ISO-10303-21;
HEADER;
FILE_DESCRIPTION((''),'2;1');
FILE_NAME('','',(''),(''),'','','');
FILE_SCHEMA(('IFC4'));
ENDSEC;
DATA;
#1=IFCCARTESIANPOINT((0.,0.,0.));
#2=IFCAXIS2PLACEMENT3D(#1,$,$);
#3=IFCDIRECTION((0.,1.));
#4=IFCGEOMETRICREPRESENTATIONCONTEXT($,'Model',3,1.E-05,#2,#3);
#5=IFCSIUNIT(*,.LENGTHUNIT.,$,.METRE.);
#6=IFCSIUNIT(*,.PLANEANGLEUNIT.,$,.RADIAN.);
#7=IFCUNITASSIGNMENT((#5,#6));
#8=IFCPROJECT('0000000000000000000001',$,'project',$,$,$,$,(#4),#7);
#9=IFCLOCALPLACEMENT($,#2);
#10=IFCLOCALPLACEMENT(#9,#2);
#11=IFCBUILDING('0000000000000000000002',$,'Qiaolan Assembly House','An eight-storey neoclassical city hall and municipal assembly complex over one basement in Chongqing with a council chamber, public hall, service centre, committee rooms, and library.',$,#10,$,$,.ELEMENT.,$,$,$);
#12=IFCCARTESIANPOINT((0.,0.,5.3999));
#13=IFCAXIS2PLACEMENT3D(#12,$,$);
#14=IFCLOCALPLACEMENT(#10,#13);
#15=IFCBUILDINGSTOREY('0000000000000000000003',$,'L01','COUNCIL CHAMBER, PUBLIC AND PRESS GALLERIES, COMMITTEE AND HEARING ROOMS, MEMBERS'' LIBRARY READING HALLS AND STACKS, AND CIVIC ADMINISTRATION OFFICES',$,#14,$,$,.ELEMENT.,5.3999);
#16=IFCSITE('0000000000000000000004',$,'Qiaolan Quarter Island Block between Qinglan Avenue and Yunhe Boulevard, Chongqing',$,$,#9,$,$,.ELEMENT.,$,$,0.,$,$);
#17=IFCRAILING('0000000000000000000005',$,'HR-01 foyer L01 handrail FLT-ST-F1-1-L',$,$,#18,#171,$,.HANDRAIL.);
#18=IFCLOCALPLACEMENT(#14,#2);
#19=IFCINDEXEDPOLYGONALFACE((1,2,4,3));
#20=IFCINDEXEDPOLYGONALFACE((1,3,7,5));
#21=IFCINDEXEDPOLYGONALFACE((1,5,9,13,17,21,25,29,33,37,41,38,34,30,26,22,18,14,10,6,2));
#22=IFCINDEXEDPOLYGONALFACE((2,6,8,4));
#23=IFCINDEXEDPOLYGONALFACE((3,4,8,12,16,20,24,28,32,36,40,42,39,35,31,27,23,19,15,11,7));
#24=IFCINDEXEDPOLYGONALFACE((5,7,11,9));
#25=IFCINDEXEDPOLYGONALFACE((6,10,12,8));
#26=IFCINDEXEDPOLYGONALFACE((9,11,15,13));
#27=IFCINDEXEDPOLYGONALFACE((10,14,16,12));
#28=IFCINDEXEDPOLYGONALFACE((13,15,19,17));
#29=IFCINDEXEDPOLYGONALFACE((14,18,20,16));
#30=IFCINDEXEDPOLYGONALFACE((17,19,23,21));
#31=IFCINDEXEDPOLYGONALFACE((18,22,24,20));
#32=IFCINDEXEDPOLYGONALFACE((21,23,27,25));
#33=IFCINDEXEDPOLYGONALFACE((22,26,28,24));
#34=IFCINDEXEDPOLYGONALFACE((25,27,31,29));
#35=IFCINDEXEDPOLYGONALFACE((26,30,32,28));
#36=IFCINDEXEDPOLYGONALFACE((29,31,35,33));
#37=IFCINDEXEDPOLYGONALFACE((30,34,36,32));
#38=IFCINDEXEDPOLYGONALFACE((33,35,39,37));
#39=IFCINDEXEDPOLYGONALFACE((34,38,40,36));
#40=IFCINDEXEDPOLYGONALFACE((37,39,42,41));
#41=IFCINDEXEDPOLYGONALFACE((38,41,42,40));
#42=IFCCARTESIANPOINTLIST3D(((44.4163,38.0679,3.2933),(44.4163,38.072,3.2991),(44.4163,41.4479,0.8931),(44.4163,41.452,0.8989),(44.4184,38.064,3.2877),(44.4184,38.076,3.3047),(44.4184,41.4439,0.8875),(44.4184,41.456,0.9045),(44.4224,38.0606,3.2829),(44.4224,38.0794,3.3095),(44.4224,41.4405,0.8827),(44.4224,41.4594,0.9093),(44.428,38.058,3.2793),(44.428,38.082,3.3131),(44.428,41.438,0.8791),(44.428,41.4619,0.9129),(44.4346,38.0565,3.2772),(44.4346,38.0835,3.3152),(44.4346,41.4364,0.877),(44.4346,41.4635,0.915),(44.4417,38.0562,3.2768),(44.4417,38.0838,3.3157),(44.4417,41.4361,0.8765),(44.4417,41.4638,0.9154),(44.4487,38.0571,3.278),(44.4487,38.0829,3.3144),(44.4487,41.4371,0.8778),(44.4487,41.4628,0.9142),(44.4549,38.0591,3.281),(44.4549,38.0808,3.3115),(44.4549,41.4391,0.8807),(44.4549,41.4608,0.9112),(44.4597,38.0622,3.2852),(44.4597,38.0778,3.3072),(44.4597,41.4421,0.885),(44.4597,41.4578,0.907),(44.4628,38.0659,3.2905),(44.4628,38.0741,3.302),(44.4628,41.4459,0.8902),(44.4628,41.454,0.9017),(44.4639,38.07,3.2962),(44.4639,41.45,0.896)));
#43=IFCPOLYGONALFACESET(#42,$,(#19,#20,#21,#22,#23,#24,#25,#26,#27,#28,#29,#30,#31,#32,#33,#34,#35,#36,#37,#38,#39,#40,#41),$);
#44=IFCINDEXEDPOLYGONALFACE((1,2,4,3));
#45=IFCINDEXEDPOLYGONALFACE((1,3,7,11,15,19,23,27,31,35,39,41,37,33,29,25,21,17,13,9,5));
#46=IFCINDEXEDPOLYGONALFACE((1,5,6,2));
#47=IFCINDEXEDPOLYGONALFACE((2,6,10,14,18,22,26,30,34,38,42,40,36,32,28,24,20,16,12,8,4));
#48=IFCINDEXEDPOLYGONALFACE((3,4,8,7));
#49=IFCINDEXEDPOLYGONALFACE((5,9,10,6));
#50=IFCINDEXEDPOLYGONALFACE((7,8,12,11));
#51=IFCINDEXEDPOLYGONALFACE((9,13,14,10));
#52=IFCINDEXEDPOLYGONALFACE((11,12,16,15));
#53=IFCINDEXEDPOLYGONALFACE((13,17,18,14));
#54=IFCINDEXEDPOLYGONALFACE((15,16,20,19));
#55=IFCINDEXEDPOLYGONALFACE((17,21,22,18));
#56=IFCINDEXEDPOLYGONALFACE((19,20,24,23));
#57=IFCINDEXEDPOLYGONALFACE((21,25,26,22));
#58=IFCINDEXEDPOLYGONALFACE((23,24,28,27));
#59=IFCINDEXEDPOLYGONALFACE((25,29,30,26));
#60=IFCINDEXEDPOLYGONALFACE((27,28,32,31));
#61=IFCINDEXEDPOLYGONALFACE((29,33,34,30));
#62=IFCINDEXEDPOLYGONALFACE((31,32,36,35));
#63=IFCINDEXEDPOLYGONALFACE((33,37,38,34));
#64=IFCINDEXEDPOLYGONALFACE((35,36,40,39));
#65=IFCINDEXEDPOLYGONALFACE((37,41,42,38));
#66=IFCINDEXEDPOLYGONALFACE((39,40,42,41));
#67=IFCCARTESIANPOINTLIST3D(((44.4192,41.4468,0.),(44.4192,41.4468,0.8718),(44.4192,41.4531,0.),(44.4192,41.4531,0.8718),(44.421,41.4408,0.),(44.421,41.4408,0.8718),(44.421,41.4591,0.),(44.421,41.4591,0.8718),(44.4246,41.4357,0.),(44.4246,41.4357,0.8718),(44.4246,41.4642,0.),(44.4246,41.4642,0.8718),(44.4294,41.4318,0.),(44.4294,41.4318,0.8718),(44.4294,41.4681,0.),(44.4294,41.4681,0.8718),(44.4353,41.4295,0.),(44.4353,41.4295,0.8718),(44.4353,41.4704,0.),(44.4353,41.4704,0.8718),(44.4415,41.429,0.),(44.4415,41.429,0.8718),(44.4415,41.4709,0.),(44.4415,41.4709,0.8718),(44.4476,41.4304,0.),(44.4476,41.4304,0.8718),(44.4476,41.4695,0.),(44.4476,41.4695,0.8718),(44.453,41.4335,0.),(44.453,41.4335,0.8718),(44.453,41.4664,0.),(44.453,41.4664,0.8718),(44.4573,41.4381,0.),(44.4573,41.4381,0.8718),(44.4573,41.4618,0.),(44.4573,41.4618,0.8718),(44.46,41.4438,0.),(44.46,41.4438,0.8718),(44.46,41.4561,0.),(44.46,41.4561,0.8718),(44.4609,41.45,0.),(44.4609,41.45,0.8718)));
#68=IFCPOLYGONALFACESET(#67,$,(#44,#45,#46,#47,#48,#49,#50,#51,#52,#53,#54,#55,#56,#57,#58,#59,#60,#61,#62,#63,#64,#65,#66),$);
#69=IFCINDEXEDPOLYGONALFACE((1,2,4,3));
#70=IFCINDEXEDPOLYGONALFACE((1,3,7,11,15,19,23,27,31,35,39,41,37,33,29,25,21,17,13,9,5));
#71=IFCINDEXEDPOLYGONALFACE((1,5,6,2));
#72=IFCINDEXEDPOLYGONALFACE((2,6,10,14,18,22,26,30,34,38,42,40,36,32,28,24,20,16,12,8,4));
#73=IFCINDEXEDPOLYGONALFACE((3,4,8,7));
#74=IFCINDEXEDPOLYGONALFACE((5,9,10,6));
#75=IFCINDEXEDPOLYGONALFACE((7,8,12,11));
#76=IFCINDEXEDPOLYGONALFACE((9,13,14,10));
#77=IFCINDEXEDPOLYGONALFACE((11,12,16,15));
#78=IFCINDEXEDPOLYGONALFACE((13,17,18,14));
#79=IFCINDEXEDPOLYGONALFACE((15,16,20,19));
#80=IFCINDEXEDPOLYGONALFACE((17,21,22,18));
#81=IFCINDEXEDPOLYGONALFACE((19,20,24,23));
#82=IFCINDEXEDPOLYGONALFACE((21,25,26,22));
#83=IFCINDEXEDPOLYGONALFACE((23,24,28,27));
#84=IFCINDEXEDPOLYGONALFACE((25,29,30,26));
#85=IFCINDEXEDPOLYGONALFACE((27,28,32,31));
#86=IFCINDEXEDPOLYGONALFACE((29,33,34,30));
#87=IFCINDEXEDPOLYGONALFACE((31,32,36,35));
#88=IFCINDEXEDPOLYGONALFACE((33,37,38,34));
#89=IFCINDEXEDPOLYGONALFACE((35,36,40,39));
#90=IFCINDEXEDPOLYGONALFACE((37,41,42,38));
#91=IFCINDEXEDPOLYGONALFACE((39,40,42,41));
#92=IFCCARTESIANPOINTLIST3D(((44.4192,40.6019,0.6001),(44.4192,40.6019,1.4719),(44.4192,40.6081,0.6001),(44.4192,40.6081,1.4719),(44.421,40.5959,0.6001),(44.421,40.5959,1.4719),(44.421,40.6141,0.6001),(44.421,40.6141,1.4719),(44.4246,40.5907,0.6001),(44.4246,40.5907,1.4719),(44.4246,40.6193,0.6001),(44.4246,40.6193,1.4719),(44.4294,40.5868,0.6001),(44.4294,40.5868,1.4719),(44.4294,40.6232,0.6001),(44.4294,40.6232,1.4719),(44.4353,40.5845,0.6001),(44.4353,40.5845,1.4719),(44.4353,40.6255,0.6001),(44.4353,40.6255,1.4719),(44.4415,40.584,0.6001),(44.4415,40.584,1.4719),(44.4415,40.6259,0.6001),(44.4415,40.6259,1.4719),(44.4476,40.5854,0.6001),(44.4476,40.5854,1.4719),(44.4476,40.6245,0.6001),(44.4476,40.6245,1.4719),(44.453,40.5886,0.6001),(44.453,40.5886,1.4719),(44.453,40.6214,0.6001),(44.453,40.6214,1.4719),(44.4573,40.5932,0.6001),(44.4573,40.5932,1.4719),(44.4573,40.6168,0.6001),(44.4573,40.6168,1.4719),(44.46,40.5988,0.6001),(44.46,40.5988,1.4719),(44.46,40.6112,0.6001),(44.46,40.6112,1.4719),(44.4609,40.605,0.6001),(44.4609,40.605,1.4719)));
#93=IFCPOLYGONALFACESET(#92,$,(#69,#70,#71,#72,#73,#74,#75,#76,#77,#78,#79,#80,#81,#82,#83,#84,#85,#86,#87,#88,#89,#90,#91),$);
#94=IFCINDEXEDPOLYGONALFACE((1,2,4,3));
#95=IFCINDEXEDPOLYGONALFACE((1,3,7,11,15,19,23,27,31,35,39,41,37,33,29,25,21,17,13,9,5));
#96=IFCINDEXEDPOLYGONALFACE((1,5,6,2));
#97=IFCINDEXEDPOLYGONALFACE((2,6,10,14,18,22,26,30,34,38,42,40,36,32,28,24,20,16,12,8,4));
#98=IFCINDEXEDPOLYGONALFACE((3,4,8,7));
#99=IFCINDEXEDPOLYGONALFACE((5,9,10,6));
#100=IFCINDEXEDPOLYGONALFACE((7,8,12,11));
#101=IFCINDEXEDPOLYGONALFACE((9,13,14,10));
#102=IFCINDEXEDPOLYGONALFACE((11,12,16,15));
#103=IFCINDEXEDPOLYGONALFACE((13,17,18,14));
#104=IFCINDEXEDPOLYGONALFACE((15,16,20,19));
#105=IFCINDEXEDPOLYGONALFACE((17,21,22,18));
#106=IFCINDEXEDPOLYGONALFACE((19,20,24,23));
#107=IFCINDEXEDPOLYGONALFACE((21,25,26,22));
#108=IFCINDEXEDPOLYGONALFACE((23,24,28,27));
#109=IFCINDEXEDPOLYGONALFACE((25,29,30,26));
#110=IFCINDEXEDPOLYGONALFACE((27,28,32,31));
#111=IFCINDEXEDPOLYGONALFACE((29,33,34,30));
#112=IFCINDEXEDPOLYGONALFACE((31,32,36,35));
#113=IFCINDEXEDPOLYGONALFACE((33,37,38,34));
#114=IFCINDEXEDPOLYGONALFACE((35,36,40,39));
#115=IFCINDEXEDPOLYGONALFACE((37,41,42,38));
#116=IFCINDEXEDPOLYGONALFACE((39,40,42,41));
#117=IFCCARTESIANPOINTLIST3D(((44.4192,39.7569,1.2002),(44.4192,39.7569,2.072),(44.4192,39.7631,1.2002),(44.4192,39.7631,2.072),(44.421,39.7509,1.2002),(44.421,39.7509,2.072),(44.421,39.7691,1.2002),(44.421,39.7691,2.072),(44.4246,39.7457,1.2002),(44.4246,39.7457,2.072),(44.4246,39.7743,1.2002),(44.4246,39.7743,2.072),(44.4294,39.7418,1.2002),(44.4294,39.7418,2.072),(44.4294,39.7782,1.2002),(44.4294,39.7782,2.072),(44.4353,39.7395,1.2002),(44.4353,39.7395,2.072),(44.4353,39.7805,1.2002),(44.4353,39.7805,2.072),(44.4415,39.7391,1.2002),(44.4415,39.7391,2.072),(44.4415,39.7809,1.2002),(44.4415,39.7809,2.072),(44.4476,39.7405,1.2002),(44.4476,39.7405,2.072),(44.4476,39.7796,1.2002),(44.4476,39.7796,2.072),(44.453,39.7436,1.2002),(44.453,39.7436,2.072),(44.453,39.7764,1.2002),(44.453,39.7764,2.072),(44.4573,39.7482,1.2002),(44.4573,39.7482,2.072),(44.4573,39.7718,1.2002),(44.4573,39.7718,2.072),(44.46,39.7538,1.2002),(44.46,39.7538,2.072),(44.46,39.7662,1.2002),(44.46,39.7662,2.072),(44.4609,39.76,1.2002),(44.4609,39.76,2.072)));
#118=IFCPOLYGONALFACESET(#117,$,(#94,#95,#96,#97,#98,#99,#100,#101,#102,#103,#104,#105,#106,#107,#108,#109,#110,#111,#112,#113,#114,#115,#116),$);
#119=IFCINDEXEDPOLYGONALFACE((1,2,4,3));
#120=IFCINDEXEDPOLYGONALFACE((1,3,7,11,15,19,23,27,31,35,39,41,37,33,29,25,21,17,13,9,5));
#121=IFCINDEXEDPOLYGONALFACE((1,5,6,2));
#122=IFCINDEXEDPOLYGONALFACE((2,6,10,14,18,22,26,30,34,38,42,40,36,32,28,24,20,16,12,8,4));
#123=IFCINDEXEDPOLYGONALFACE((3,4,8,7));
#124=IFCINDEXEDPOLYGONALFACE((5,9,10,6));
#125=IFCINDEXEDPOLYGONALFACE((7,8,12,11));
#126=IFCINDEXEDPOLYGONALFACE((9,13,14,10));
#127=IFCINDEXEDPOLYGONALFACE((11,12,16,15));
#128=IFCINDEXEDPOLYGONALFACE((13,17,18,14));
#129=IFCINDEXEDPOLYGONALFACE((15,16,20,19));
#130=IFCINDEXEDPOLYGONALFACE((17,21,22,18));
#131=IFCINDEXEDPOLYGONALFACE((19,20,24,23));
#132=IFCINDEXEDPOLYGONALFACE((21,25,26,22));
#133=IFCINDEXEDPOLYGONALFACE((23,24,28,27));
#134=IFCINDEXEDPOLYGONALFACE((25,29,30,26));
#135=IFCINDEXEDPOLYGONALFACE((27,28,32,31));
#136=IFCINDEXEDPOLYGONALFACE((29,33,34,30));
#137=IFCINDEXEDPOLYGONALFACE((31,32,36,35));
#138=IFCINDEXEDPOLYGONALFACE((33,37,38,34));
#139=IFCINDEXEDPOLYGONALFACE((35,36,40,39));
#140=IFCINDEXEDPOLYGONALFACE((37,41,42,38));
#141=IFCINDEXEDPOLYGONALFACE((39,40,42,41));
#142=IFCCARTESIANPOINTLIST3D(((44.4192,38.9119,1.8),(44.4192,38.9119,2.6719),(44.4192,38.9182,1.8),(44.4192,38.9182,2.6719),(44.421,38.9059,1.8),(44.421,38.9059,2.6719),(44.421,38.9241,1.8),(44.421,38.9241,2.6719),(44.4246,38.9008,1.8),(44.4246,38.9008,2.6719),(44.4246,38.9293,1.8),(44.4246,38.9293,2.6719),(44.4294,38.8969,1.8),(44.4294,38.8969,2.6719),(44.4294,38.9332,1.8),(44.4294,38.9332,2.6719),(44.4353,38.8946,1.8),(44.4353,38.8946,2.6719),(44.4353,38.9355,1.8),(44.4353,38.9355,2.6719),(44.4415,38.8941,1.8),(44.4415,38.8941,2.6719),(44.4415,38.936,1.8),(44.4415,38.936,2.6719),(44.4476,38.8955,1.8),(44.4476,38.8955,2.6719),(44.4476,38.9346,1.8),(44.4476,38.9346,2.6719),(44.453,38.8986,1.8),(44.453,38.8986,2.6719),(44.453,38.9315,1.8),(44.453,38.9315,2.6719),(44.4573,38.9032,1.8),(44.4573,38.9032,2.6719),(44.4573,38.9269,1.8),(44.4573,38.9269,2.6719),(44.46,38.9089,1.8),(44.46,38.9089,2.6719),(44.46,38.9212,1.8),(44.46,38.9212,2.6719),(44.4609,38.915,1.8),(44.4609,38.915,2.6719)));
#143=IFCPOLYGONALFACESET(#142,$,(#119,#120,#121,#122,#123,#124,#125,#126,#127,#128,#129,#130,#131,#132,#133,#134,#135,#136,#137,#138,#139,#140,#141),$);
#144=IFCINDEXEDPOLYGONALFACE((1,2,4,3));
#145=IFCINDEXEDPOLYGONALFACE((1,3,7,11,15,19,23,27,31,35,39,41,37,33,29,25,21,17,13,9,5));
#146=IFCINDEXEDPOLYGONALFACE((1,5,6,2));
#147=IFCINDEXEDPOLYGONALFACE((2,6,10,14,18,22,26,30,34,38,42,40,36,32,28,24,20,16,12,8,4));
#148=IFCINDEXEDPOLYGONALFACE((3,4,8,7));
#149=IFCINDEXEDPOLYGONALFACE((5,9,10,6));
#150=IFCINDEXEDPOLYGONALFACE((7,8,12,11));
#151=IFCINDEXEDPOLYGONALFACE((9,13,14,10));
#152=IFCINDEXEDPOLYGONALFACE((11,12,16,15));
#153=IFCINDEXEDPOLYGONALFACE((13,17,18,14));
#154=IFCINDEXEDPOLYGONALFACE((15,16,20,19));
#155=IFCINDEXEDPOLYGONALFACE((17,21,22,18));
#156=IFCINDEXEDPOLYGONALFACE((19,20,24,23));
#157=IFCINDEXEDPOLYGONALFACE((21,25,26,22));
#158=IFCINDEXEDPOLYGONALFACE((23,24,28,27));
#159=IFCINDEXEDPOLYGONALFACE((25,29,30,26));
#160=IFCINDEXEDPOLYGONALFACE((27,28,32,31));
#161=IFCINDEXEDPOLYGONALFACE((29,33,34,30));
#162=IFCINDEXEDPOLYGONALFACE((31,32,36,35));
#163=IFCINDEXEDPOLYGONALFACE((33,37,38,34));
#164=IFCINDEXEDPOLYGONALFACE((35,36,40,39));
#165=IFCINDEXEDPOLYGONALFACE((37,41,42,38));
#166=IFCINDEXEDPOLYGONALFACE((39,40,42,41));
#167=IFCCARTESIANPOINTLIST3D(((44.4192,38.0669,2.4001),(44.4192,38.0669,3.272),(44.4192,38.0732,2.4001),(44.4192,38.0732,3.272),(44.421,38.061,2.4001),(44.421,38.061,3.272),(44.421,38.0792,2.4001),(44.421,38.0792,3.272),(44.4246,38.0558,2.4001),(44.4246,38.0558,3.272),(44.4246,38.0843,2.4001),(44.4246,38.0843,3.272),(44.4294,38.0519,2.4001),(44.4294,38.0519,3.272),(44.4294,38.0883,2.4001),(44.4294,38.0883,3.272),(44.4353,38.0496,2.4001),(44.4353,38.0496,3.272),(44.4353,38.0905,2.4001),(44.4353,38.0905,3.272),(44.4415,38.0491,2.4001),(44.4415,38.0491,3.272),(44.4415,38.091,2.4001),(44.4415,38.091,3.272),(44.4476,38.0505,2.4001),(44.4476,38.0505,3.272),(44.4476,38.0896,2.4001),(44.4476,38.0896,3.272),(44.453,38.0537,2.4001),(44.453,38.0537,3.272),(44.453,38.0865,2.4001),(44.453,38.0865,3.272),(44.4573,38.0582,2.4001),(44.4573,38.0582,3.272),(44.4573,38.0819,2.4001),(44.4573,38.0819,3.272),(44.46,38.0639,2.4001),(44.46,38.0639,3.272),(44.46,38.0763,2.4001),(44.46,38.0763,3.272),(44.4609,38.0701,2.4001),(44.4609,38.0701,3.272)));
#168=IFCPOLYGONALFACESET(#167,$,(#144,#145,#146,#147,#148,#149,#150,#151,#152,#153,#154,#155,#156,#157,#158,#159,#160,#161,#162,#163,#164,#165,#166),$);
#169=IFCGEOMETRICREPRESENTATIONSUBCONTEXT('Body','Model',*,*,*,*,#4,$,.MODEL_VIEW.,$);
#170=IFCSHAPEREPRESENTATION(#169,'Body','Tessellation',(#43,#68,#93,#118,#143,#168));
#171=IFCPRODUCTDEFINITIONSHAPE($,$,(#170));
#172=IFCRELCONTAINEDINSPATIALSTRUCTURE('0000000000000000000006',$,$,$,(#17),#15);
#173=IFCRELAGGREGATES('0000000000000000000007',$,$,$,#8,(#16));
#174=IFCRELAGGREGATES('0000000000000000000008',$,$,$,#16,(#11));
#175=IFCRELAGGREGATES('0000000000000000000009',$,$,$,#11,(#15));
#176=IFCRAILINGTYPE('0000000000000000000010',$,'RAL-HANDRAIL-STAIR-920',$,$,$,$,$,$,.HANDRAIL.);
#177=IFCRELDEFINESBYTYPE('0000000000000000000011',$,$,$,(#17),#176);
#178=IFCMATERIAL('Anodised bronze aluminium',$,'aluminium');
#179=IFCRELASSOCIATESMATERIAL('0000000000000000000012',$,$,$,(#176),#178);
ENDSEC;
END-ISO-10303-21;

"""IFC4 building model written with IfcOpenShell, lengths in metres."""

from ifc_helpers import new_model, si_unit, direction, frame, origin, origin_2d, place, context, subcontext, project, spatial, circle, extrude, material, type_object, element, save


model = new_model("IFC4")

# Units and contexts
model_context = context("Model", 3, precision=1e-05, world=origin(), true_north=direction((0.0, 1.0)))
body_context = subcontext(model_context, "Body", "Model", "MODEL_VIEW")
ifc_project = project(units=[si_unit("LENGTHUNIT", "METRE"), si_unit("PLANEANGLEUNIT", "RADIAN")], contexts=[model_context])

# Site, building, storey
site_placement = place(None, origin())
site = spatial("IfcSite", under=ifc_project, at=site_placement, Name="Qiaolan Quarter Island Block between Qinglan Avenue and Yunhe Boulevard, Chongqing", CompositionType="ELEMENT", RefElevation=0.0)
building_placement = place(site_placement, origin())
building = spatial("IfcBuilding", under=site, at=building_placement, Name="Qiaolan Assembly House", Description="An eight-storey neoclassical city hall and municipal assembly complex over one basement in Chongqing with a council chamber, public hall, service centre, committee rooms, and library.", CompositionType="ELEMENT")
storey_placement = place(building_placement, frame((0.0, 0.0, 5.3999)))
storey = spatial("IfcBuildingStorey", under=building, at=storey_placement, Name="L01", Description="COUNCIL CHAMBER, PUBLIC AND PRESS GALLERIES, COMMITTEE AND HEARING ROOMS, MEMBERS' LIBRARY READING HALLS AND STACKS, AND CIVIC ADMINISTRATION OFFICES", CompositionType="ELEMENT", Elevation=5.3999)

# Railing
ifc_material_1 = material(Name="Anodised bronze aluminium", Category="aluminium")
railing_type_1 = type_object("IfcRailingType", Name="RAL-HANDRAIL-STAIR-920", PredefinedType="HANDRAIL", material=ifc_material_1)
railing_1_placement = place(storey_placement, frame((44.4399, 41.45, 0.0)))
element("IfcRailing", 1, at=railing_1_placement, inside=storey, type_object=railing_type_1, Name="HR-01 foyer L01 handrail FLT-ST-F1-1-L", PredefinedType="HANDRAIL", context=body_context, shape_type="SweptSolid", body=[
    extrude(circle(Radius=0.0239, at=origin_2d()), frame((0.0, 0.0, 0.896), z_axis=(0.0, -0.815334, 0.578991), x_axis=(1.0, 0.0, 0.0)), (0.0, 0.0, 1.0), 4.1455),
    extrude(circle(Radius=0.021, at=origin_2d()), origin(), (0.0, 0.0, 1.0), 0.8718),
    extrude(circle(Radius=0.021, at=origin_2d()), frame((0.0, -0.845, 0.6001)), (0.0, 0.0, 1.0), 0.8718),
    extrude(circle(Radius=0.021, at=origin_2d()), frame((0.0, -1.6899, 1.2002)), (0.0, 0.0, 1.0), 0.8718),
    extrude(circle(Radius=0.021, at=origin_2d()), frame((0.0, -2.5349, 1.8)), (0.0, 0.0, 1.0), 0.8718),
    extrude(circle(Radius=0.021, at=origin_2d()), frame((0.0, -3.3799, 2.4001)), (0.0, 0.0, 1.0), 0.8718),
])

save(model, "model.ifc")
